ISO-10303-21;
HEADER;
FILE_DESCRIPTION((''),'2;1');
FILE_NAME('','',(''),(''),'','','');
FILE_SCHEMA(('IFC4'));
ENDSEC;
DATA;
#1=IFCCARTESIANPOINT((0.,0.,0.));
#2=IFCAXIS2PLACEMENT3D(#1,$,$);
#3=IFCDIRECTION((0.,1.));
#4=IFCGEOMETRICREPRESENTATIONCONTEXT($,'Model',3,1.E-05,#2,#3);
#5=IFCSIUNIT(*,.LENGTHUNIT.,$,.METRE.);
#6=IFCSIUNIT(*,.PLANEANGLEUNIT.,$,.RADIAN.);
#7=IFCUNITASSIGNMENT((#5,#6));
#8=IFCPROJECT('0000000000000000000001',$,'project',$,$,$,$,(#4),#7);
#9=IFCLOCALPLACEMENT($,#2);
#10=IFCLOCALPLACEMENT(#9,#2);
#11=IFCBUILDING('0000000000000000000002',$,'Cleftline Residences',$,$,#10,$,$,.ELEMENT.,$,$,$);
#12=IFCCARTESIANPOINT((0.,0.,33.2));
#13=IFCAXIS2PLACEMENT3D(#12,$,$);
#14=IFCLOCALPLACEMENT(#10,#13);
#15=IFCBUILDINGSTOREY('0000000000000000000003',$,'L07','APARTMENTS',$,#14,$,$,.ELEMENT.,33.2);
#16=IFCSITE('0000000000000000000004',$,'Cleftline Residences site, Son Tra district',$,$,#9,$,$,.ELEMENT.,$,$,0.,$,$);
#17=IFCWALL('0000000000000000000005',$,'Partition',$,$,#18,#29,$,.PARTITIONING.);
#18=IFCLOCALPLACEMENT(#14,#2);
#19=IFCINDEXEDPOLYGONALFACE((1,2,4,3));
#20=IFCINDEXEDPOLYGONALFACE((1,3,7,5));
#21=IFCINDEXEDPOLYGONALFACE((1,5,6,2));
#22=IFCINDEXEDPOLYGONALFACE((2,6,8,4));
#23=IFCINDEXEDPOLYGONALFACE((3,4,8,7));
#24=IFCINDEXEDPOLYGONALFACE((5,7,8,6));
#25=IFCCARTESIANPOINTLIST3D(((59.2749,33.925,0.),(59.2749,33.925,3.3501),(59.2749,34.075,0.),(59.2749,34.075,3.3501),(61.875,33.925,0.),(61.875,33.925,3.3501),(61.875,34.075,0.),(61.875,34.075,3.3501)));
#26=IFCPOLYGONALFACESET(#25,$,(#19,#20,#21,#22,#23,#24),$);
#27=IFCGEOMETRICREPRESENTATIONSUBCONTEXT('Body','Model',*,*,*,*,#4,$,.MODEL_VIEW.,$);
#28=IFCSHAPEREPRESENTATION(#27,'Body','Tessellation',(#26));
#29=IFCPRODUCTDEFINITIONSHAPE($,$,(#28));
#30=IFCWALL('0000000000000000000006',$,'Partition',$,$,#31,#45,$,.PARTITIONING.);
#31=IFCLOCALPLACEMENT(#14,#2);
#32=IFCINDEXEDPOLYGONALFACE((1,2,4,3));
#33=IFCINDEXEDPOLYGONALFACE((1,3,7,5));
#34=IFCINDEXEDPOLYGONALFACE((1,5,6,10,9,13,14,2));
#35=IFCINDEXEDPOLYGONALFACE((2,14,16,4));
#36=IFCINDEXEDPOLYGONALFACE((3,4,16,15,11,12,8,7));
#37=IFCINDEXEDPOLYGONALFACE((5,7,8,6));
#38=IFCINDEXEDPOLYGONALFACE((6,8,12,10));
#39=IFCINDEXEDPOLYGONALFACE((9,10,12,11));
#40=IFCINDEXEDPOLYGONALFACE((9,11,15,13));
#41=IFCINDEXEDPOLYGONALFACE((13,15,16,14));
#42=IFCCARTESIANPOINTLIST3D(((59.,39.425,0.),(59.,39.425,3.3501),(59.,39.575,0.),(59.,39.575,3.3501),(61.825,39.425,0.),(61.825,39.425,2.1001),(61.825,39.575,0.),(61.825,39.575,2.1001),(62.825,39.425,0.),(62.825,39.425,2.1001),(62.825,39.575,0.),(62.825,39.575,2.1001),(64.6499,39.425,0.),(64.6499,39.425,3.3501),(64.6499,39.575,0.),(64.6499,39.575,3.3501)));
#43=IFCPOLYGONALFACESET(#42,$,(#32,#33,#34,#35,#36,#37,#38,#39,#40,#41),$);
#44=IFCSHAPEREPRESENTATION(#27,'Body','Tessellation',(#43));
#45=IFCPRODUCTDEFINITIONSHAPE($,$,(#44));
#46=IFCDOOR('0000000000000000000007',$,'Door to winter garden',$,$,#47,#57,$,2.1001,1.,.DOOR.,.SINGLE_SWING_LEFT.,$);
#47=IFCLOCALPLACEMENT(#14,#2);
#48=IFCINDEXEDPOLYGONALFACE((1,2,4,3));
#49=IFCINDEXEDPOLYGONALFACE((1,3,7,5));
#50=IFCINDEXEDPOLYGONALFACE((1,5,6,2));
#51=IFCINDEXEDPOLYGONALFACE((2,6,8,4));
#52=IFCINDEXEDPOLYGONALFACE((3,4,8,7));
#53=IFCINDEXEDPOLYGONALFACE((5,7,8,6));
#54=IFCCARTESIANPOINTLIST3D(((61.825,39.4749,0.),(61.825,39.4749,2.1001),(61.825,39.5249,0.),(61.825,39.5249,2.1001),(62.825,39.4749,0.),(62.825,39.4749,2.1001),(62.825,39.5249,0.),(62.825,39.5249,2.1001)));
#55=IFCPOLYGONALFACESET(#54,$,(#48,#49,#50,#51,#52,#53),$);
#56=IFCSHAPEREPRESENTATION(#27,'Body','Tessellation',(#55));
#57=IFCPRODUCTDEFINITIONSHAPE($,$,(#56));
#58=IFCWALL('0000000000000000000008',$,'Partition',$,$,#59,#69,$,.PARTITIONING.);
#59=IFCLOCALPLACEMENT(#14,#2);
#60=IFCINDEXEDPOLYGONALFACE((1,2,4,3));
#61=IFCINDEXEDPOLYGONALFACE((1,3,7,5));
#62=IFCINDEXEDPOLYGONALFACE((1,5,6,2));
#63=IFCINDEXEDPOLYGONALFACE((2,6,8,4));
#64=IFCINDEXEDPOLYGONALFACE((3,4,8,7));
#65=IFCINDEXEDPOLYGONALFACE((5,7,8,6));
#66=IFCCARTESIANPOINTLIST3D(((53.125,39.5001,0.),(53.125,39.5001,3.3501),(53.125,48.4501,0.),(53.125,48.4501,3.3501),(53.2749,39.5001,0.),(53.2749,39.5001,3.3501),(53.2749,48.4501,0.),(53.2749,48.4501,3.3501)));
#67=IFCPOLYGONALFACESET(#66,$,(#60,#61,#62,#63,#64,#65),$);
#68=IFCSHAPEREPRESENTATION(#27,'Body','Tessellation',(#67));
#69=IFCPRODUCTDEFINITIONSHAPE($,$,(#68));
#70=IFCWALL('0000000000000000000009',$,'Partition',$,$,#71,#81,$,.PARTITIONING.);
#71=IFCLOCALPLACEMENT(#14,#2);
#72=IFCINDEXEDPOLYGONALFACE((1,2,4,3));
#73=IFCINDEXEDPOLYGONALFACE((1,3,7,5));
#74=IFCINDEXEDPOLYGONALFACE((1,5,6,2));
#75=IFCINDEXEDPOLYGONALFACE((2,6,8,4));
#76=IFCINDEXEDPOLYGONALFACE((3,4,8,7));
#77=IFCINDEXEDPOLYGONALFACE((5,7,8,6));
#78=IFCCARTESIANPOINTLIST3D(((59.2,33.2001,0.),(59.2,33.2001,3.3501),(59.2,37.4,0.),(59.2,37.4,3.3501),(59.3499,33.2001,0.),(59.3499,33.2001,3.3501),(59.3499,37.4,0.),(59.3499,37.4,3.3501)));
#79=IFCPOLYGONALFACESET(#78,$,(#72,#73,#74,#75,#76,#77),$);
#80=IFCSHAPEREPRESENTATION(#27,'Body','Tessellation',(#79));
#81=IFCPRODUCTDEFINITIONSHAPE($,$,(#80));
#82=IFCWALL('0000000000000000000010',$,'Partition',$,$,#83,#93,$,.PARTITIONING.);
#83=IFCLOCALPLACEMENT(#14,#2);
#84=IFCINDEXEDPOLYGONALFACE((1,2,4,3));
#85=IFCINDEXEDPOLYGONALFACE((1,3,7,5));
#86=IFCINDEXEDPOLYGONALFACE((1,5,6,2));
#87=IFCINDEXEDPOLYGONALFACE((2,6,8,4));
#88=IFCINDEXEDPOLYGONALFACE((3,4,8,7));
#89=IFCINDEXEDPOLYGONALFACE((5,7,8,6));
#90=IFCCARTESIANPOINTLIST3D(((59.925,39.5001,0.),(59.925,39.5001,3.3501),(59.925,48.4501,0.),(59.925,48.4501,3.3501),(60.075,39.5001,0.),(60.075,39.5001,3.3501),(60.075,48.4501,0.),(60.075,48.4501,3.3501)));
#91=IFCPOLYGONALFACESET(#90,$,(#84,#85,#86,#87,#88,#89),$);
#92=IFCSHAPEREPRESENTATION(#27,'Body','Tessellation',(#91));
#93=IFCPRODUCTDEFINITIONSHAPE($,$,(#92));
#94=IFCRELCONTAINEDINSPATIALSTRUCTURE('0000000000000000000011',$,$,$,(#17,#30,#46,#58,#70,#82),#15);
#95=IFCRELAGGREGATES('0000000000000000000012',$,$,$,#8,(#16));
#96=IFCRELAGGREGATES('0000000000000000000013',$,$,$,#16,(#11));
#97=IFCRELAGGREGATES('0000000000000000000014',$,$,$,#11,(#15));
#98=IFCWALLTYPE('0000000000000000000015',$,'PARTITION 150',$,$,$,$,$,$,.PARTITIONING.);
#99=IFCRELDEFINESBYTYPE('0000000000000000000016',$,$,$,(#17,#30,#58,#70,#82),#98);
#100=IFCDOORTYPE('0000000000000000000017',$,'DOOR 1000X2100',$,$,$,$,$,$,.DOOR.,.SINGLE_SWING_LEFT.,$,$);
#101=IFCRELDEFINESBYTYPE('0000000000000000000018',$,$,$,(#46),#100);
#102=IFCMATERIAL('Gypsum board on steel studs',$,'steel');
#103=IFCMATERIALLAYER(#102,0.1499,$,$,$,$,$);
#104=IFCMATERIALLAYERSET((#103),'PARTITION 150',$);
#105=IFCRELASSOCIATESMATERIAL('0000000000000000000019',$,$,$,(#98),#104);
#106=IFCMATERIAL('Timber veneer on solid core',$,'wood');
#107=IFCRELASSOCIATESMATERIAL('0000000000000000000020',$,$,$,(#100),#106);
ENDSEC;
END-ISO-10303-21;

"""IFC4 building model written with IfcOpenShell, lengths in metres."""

from ifc_helpers import new_model, si_unit, direction, frame, frame_2d, origin, place, context, subcontext, project, spatial, rectangle, extrude, material, layer, layer_set, type_object, element, fill, save


model = new_model("IFC4")

# Units and contexts
model_context = context("Model", 3, precision=1e-05, world=origin(), true_north=direction((0.0, 1.0)))
body_context = subcontext(model_context, "Body", "Model", "MODEL_VIEW")
ifc_project = project(units=[si_unit("LENGTHUNIT", "METRE"), si_unit("PLANEANGLEUNIT", "RADIAN")], contexts=[model_context])

# Site, building, storey
site_placement = place(None, origin())
site = spatial("IfcSite", under=ifc_project, at=site_placement, Name="Cleftline Residences site, Son Tra district", CompositionType="ELEMENT", RefElevation=0.0)
building_placement = place(site_placement, origin())
building = spatial("IfcBuilding", under=site, at=building_placement, Name="Cleftline Residences", CompositionType="ELEMENT")
storey_placement = place(building_placement, frame((0.0, 0.0, 33.2)))
storey = spatial("IfcBuildingStorey", under=building, at=storey_placement, Name="L07", Description="APARTMENTS", CompositionType="ELEMENT", Elevation=33.2)

# Wall
ifc_material_1 = material(Name="Gypsum board on steel studs", Category="steel")
ifc_layer = layer(ifc_material_1, 0.1499)
ifc_layer_set = layer_set([ifc_layer], Name="PARTITION 150")
wall_type = type_object("IfcWallType", Name="PARTITION 150", PredefinedType="PARTITIONING", material=ifc_layer_set)
wall_1_placement = place(storey_placement, frame((59.2749, 34.0, 0.0), z_axis=(0.0, 0.0, 1.0), x_axis=(1.0, 0.0, 0.0)))
element("IfcWall", 1, at=wall_1_placement, inside=storey, type_object=wall_type, Name="Partition", PredefinedType="PARTITIONING", context=body_context, shape_type="SweptSolid", body=[
    extrude(rectangle(XDim=2.6001, YDim=0.1499, at=frame_2d((1.3, 0.0))), origin(), (0.0, 0.0, 1.0), 3.3501),
])

# Wall, opening, door
wall_2_placement = place(storey_placement, frame((59.0, 39.5, 0.0), z_axis=(0.0, 0.0, 1.0), x_axis=(1.0, 0.0, 0.0)))
wall_2 = element("IfcWall", 2, at=wall_2_placement, inside=storey, type_object=wall_type, Name="Partition", PredefinedType="PARTITIONING", context=body_context, shape_type="SweptSolid", body=[
    extrude(rectangle(XDim=5.6499, YDim=0.1499, at=frame_2d((2.825, 0.0))), origin(), (0.0, 0.0, 1.0), 3.3501),
])
opening_placement = place(wall_2_placement, frame((2.825, 0.0, 0.0)))
opening = element("IfcOpeningElement", 3, at=opening_placement, cuts=wall_2, PredefinedType="OPENING", context=body_context, shape_type="SweptSolid", body=[
    extrude(rectangle(XDim=1.0, YDim=2.1001, at=frame_2d((0.5, 1.05))), frame((0.0, 0.085, 0.0), z_axis=(0.0, -1.0, 0.0), x_axis=(1.0, 0.0, 0.0)), (0.0, 0.0, 1.0), 0.1699),
])
ifc_material_2 = material(Name="Timber veneer on solid core", Category="wood")
door_type = type_object("IfcDoorType", Name="DOOR 1000X2100", OperationType="SINGLE_SWING_LEFT", PredefinedType="DOOR", material=ifc_material_2)
door_placement = place(opening_placement, origin())
door = element("IfcDoor", 4, at=door_placement, inside=storey, type_object=door_type, Name="Door to winter garden", OperationType="SINGLE_SWING_LEFT", OverallHeight=2.1001, OverallWidth=1.0, PredefinedType="DOOR", context=body_context, shape_type="SweptSolid", body=[
    extrude(rectangle(XDim=1.0, YDim=2.1001, at=frame_2d((0.5, 1.05))), frame((0.0, 0.0249, 0.0), z_axis=(0.0, -1.0, 0.0), x_axis=(1.0, 0.0, 0.0)), (0.0, 0.0, 1.0), 0.05),
])
fill(opening, door)

# Walls
wall_3_placement = place(storey_placement, frame((53.2, 39.5, 0.0), z_axis=(0.0, 0.0, 1.0), x_axis=(0.0, 1.0, 0.0)))
element("IfcWall", 5, at=wall_3_placement, inside=storey, type_object=wall_type, Name="Partition", PredefinedType="PARTITIONING", context=body_context, shape_type="SweptSolid", body=[
    extrude(rectangle(XDim=8.95, YDim=0.1499, at=frame_2d((4.4751, 0.0))), origin(), (0.0, 0.0, 1.0), 3.3501),
])
wall_4_placement = place(storey_placement, frame((59.2749, 33.2, 0.0), z_axis=(0.0, 0.0, 1.0), x_axis=(0.0, 1.0, 0.0)))
element("IfcWall", 6, at=wall_4_placement, inside=storey, type_object=wall_type, Name="Partition", PredefinedType="PARTITIONING", context=body_context, shape_type="SweptSolid", body=[
    extrude(rectangle(XDim=4.2, YDim=0.1499, at=frame_2d((2.1001, 0.0))), origin(), (0.0, 0.0, 1.0), 3.3501),
])
wall_5_placement = place(storey_placement, frame((60.0, 39.5, 0.0), z_axis=(0.0, 0.0, 1.0), x_axis=(0.0, 1.0, 0.0)))
element("IfcWall", 7, at=wall_5_placement, inside=storey, type_object=wall_type, Name="Partition", PredefinedType="PARTITIONING", context=body_context, shape_type="SweptSolid", body=[
    extrude(rectangle(XDim=8.95, YDim=0.1499, at=frame_2d((4.4751, 0.0))), origin(), (0.0, 0.0, 1.0), 3.3501),
])

save(model, "model.ifc")
